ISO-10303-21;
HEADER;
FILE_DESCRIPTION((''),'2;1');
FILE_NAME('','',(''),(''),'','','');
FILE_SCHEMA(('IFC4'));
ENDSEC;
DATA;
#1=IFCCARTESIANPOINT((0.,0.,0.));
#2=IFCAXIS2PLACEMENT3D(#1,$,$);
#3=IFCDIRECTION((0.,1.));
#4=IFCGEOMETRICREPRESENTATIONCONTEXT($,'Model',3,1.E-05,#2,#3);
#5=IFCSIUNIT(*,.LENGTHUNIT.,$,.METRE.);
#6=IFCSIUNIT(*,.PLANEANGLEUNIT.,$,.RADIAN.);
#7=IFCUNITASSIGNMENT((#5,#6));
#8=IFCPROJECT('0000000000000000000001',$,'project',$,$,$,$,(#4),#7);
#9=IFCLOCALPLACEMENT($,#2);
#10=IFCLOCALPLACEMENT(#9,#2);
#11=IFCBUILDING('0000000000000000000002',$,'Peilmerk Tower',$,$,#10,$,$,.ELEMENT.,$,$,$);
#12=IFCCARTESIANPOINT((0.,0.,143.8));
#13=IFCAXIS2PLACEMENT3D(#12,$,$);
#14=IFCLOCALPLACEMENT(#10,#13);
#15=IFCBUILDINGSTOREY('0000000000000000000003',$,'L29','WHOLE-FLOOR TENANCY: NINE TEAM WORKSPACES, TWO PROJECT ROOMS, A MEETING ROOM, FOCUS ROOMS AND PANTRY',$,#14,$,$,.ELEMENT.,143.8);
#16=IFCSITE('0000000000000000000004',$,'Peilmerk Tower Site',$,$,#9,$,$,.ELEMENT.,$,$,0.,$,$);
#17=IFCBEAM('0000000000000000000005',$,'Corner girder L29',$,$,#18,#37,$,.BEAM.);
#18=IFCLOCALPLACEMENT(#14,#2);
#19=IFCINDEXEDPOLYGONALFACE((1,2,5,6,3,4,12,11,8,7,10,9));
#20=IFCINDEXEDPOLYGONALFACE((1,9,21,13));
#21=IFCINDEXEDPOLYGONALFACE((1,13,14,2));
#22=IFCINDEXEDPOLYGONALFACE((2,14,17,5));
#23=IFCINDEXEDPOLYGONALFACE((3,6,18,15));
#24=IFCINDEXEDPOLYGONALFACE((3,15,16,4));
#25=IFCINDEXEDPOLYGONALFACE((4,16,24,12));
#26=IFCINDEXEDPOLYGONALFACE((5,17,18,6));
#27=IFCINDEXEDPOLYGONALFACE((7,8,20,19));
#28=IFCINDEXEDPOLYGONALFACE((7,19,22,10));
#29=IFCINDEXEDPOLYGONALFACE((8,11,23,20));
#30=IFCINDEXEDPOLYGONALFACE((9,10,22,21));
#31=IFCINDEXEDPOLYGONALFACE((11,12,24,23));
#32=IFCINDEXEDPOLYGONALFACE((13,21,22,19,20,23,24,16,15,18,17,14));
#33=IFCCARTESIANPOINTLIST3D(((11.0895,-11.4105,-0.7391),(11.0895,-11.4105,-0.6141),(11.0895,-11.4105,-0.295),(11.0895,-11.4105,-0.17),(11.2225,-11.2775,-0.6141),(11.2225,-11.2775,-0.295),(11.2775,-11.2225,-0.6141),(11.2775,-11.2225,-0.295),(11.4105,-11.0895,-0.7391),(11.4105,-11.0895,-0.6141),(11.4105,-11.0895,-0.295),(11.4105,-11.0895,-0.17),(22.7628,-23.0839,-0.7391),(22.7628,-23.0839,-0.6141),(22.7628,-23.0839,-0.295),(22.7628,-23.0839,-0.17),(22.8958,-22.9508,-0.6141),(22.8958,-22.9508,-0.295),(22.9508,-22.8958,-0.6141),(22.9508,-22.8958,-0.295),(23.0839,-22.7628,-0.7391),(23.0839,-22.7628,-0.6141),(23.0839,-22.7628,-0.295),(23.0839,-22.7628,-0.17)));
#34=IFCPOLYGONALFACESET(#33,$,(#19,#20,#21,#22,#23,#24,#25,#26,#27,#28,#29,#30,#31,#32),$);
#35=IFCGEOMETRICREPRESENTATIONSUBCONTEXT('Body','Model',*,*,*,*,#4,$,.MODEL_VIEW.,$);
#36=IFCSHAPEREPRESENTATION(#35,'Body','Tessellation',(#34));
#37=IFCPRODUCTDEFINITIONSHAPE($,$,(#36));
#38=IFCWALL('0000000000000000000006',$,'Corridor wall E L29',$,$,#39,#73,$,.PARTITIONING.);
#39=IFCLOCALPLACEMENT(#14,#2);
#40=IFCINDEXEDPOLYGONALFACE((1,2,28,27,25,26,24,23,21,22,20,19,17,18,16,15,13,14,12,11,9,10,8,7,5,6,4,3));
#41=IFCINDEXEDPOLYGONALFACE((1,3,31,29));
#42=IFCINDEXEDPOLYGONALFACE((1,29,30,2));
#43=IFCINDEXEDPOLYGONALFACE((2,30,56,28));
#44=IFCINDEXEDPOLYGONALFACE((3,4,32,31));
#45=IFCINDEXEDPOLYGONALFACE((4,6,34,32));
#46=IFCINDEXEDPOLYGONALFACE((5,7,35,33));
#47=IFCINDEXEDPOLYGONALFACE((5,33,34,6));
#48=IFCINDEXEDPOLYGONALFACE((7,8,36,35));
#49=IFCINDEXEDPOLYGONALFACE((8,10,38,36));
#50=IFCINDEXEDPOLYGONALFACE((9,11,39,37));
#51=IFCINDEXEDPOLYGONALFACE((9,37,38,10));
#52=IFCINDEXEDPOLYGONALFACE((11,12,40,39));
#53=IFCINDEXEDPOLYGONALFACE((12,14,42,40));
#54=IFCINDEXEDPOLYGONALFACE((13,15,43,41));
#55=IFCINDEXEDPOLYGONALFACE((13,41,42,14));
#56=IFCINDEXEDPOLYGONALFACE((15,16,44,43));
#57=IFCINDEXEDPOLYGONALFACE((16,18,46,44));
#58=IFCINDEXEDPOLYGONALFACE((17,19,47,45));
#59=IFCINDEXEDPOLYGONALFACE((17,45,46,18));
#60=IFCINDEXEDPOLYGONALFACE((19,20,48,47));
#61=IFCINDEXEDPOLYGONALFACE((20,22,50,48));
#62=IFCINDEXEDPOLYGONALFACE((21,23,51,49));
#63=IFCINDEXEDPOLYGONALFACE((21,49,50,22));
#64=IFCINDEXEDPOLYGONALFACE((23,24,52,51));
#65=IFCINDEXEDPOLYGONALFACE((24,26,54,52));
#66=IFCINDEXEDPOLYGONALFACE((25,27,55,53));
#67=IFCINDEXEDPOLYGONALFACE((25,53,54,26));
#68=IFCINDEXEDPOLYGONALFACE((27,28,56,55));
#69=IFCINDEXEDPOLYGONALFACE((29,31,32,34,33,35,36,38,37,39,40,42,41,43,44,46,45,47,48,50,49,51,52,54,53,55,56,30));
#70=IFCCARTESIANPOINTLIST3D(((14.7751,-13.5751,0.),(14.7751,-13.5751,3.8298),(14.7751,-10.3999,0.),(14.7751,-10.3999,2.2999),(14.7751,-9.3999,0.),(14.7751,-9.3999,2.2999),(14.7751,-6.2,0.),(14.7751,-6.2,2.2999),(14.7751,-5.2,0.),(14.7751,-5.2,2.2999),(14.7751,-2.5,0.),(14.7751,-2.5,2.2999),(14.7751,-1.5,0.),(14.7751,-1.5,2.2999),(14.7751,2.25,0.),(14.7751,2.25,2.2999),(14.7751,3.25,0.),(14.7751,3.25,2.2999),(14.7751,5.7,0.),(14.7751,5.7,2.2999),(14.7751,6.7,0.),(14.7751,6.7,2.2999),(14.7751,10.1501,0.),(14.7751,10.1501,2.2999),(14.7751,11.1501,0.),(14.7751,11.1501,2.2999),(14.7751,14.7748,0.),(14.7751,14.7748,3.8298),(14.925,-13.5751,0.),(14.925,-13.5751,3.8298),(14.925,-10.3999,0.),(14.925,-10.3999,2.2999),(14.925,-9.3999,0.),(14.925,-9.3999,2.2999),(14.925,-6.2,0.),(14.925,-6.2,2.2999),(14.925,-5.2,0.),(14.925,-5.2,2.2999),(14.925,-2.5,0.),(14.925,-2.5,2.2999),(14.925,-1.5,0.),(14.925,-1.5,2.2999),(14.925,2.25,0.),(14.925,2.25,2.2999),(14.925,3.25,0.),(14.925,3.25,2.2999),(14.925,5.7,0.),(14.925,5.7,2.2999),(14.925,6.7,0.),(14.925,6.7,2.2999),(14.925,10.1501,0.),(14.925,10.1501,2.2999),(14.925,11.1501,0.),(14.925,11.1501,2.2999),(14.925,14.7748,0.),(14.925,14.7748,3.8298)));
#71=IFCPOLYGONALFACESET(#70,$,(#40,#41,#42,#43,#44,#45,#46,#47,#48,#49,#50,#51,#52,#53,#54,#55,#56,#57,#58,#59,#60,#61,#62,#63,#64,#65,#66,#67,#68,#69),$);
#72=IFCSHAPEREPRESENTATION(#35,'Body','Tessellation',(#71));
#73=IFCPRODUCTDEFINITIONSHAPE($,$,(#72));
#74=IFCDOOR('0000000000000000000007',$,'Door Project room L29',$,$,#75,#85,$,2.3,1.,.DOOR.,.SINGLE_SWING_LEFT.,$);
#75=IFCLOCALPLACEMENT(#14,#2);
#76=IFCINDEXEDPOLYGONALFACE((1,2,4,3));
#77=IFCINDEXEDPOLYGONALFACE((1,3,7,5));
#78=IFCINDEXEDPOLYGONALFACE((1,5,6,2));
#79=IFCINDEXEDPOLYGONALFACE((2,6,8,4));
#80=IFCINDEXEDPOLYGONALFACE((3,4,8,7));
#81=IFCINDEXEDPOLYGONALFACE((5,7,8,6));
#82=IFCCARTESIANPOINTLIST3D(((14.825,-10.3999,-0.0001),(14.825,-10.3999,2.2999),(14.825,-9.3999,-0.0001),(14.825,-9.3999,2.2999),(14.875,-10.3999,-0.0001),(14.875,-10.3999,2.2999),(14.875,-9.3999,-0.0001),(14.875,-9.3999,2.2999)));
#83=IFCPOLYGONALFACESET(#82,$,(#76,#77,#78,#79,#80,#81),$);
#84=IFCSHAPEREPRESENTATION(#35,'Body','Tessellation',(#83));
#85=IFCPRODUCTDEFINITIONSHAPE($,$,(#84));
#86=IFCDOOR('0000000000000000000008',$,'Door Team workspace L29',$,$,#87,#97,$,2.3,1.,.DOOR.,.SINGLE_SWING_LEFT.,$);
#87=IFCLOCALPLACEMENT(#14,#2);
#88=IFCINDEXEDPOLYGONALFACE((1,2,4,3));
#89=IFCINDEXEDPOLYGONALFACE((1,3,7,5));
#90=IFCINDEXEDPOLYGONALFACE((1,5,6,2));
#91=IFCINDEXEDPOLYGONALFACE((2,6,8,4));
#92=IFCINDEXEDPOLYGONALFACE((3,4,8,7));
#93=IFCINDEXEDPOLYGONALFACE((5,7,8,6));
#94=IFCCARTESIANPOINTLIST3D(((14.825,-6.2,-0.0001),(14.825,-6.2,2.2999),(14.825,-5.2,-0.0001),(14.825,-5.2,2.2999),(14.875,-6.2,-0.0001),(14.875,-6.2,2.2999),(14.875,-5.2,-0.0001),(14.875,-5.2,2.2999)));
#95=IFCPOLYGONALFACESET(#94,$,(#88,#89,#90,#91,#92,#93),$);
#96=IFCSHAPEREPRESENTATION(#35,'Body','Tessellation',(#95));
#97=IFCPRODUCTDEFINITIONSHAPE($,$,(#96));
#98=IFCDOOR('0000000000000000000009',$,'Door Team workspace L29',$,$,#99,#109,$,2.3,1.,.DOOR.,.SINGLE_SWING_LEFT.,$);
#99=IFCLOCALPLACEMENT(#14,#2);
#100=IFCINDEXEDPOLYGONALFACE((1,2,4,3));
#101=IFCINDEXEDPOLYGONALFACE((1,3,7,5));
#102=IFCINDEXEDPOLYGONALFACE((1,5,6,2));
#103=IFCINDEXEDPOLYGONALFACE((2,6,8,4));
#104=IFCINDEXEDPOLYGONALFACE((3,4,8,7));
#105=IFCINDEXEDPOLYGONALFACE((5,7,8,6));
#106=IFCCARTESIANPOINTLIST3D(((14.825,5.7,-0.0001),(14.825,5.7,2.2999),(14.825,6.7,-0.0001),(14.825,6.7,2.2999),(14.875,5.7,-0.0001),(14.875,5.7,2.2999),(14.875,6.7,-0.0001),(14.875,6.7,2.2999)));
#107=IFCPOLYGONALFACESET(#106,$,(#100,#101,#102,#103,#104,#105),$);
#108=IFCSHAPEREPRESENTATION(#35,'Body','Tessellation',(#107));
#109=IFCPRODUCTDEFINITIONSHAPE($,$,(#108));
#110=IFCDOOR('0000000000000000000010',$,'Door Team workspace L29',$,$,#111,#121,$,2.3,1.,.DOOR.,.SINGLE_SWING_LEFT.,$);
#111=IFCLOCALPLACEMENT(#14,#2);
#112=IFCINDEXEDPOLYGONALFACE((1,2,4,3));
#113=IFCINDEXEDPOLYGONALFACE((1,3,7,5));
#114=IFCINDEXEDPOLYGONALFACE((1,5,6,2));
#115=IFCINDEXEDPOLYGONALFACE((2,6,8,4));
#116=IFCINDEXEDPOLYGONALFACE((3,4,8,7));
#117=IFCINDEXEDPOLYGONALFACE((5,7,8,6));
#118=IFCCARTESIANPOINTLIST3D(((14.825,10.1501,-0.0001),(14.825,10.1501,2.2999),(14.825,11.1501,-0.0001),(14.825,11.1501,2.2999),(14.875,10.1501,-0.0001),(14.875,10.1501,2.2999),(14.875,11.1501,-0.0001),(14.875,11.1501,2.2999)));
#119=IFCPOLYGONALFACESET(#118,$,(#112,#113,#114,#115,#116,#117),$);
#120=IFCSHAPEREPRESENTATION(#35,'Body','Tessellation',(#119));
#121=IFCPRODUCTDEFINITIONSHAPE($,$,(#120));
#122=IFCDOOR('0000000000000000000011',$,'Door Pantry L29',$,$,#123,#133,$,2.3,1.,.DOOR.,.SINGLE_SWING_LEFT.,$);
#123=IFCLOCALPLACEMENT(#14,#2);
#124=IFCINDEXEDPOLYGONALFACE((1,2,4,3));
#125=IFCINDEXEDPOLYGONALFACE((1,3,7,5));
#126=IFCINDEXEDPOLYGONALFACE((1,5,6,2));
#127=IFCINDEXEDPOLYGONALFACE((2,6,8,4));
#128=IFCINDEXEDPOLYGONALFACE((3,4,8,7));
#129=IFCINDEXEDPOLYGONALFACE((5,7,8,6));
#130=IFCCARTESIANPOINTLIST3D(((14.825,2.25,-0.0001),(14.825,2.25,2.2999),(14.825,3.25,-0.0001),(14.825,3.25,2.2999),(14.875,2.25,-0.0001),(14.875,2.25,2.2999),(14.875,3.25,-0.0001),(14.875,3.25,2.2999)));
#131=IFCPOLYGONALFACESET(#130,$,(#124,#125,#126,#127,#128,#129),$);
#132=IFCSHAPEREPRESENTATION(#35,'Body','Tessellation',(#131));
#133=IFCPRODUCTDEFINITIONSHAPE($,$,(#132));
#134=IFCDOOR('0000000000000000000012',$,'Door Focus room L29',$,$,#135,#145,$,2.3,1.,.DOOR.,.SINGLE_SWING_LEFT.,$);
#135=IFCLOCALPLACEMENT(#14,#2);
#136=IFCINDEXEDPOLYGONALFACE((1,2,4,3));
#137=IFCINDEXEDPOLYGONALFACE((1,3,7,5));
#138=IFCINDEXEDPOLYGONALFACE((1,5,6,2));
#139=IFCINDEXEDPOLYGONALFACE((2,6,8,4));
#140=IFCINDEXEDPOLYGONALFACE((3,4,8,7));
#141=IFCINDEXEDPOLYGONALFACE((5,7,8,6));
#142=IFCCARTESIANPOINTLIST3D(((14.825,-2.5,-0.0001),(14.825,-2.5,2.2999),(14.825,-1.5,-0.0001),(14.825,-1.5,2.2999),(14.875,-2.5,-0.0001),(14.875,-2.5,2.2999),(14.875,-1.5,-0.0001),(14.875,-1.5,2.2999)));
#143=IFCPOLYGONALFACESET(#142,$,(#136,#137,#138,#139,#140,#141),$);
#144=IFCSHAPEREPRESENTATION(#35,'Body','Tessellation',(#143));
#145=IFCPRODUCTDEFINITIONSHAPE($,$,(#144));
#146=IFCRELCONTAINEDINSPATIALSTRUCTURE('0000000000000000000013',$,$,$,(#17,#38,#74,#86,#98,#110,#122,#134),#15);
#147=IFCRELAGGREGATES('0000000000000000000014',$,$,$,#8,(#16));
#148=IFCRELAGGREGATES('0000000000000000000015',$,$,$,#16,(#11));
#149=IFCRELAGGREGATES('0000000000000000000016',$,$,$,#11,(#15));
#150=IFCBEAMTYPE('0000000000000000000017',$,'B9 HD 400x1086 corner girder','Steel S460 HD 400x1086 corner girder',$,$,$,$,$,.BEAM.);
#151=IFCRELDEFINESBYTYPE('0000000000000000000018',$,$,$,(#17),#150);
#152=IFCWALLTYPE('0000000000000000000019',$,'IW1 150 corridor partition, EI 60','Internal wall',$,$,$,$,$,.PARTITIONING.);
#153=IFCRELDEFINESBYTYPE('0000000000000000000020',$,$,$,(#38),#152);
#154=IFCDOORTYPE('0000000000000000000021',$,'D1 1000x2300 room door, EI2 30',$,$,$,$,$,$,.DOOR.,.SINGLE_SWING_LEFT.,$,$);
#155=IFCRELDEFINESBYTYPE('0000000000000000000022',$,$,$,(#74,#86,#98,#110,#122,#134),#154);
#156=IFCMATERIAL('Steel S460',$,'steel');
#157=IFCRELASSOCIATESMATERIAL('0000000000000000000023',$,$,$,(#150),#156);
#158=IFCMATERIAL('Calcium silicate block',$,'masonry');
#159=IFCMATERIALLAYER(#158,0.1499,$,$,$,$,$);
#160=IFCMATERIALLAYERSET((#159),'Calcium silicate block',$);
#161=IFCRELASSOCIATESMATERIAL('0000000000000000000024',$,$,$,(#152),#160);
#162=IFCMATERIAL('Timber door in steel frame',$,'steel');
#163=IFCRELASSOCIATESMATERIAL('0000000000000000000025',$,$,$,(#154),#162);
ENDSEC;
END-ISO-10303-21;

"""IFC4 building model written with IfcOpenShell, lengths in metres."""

from ifc_helpers import new_model, si_unit, direction, frame, frame_2d, origin, origin_2d, place, context, subcontext, project, spatial, rectangle, i_section, extrude, material, layer, layer_set, material_profile, profile_set, type_object, element, fill, save


model = new_model("IFC4")

# Units and contexts
model_context = context("Model", 3, precision=1e-05, world=origin(), true_north=direction((0.0, 1.0)))
body_context = subcontext(model_context, "Body", "Model", "MODEL_VIEW")
ifc_project = project(units=[si_unit("LENGTHUNIT", "METRE"), si_unit("PLANEANGLEUNIT", "RADIAN")], contexts=[model_context])

# Site, building, storey
site_placement = place(None, origin())
site = spatial("IfcSite", under=ifc_project, at=site_placement, Name="Peilmerk Tower Site", CompositionType="ELEMENT", RefElevation=0.0)
building_placement = place(site_placement, origin())
building = spatial("IfcBuilding", under=site, at=building_placement, Name="Peilmerk Tower", CompositionType="ELEMENT")
storey_placement = place(building_placement, frame((0.0, 0.0, 143.8)))
storey = spatial("IfcBuildingStorey", under=building, at=storey_placement, Name="L29", Description="WHOLE-FLOOR TENANCY: NINE TEAM WORKSPACES, TWO PROJECT ROOMS, A MEETING ROOM, FOCUS ROOMS AND PANTRY", CompositionType="ELEMENT", Elevation=143.8)

# Shared definitions
ifc_material_1 = material(Name="Steel S460", Category="steel")

# Beam
ifc_material_profile_1 = material_profile(ifc_material_1, i_section(OverallWidth=0.4541, OverallDepth=0.5691, WebThickness=0.0779, FlangeThickness=0.125, at=origin_2d()), Name="HD 400x1086")
ifc_profile_set_1 = profile_set([ifc_material_profile_1], Name="Steel S460")
beam_type_1 = type_object("IfcBeamType", Name="B9 HD 400x1086 corner girder", Description="Steel S460 HD 400x1086 corner girder", PredefinedType="BEAM", material=ifc_profile_set_1)
beam_1_placement = place(storey_placement, frame((11.25, -11.25, -0.4546), z_axis=(0.707107, -0.707107, 0.0), x_axis=(0.707107, 0.707107, 0.0)))
element("IfcBeam", 1, at=beam_1_placement, inside=storey, type_object=beam_type_1, Name="Corner girder L29", PredefinedType="BEAM", context=body_context, shape_type="SweptSolid", body=[
    extrude(i_section(OverallWidth=0.4541, OverallDepth=0.5691, WebThickness=0.0779, FlangeThickness=0.125, at=origin_2d()), origin(), (0.0, 0.0, 1.0), 16.5085),
])

# Wall, openings, doors
ifc_material_2 = material(Name="Calcium silicate block", Category="masonry")
ifc_layer_1 = layer(ifc_material_2, 0.1499)
ifc_layer_set_1 = layer_set([ifc_layer_1], Name="Calcium silicate block")
wall_type_1 = type_object("IfcWallType", Name="IW1 150 corridor partition, EI 60", Description="Internal wall", PredefinedType="PARTITIONING", material=ifc_layer_set_1)
wall_1_placement = place(storey_placement, frame((14.8501, -13.575, 0.0), z_axis=(0.0, 0.0, 1.0), x_axis=(0.0, 1.0, 0.0)))
wall_1 = element("IfcWall", 2, at=wall_1_placement, inside=storey, type_object=wall_type_1, Name="Corridor wall E L29", PredefinedType="PARTITIONING", context=body_context, shape_type="SweptSolid", body=[
    extrude(rectangle(XDim=28.3499, YDim=0.1499, at=frame_2d((14.1748, 0.0))), origin(), (0.0, 0.0, 1.0), 3.8298),
])
opening_1_placement = place(wall_1_placement, frame((3.175, 0.0, 0.0)))
opening_1 = element("IfcOpeningElement", 3, at=opening_1_placement, cuts=wall_1, PredefinedType="OPENING", context=body_context, shape_type="SweptSolid", body=[
    extrude(rectangle(XDim=1.0, YDim=2.3, at=frame_2d((0.5, 1.1499))), frame((0.0, 0.085, 0.0), z_axis=(0.0, -1.0, 0.0), x_axis=(1.0, 0.0, 0.0)), (0.0, 0.0, 1.0), 0.1699),
])
opening_2_placement = place(wall_1_placement, frame((7.375, 0.0, 0.0)))
opening_2 = element("IfcOpeningElement", 4, at=opening_2_placement, cuts=wall_1, PredefinedType="OPENING", context=body_context, shape_type="SweptSolid", body=[
    extrude(rectangle(XDim=1.0, YDim=2.3, at=frame_2d((0.5, 1.1499))), frame((0.0, 0.085, 0.0), z_axis=(0.0, -1.0, 0.0), x_axis=(1.0, 0.0, 0.0)), (0.0, 0.0, 1.0), 0.1699),
])
opening_3_placement = place(wall_1_placement, frame((19.2749, 0.0, 0.0)))
opening_3 = element("IfcOpeningElement", 5, at=opening_3_placement, cuts=wall_1, PredefinedType="OPENING", context=body_context, shape_type="SweptSolid", body=[
    extrude(rectangle(XDim=1.0, YDim=2.3, at=frame_2d((0.5, 1.1499))), frame((0.0, 0.085, 0.0), z_axis=(0.0, -1.0, 0.0), x_axis=(1.0, 0.0, 0.0)), (0.0, 0.0, 1.0), 0.1699),
])
opening_4_placement = place(wall_1_placement, frame((23.7251, 0.0, 0.0)))
opening_4 = element("IfcOpeningElement", 6, at=opening_4_placement, cuts=wall_1, PredefinedType="OPENING", context=body_context, shape_type="SweptSolid", body=[
    extrude(rectangle(XDim=1.0, YDim=2.3, at=frame_2d((0.5, 1.1499))), frame((0.0, 0.085, 0.0), z_axis=(0.0, -1.0, 0.0), x_axis=(1.0, 0.0, 0.0)), (0.0, 0.0, 1.0), 0.1699),
])
opening_5_placement = place(wall_1_placement, frame((15.825, 0.0, 0.0)))
opening_5 = element("IfcOpeningElement", 7, at=opening_5_placement, cuts=wall_1, PredefinedType="OPENING", context=body_context, shape_type="SweptSolid", body=[
    extrude(rectangle(XDim=1.0, YDim=2.3, at=frame_2d((0.5, 1.1499))), frame((0.0, 0.085, 0.0), z_axis=(0.0, -1.0, 0.0), x_axis=(1.0, 0.0, 0.0)), (0.0, 0.0, 1.0), 0.1699),
])
opening_6_placement = place(wall_1_placement, frame((11.075, 0.0, 0.0)))
opening_6 = element("IfcOpeningElement", 8, at=opening_6_placement, cuts=wall_1, PredefinedType="OPENING", context=body_context, shape_type="SweptSolid", body=[
    extrude(rectangle(XDim=1.0, YDim=2.3, at=frame_2d((0.5, 1.1499))), frame((0.0, 0.085, 0.0), z_axis=(0.0, -1.0, 0.0), x_axis=(1.0, 0.0, 0.0)), (0.0, 0.0, 1.0), 0.1699),
])
ifc_material_3 = material(Name="Timber door in steel frame", Category="steel")
door_type_1 = type_object("IfcDoorType", Name="D1 1000x2300 room door, EI2 30", OperationType="SINGLE_SWING_LEFT", PredefinedType="DOOR", material=ifc_material_3)
door_1_placement = place(opening_1_placement, frame((1.0, 0.0, 0.0), z_axis=(0.0, 0.0, 1.0), x_axis=(-1.0, 0.0, 0.0)))
door_1 = element("IfcDoor", 9, at=door_1_placement, inside=storey, type_object=door_type_1, Name="Door Project room L29", OperationType="SINGLE_SWING_LEFT", OverallHeight=2.3, OverallWidth=1.0, PredefinedType="DOOR", context=body_context, shape_type="SweptSolid", body=[
    extrude(rectangle(XDim=1.0, YDim=2.3, at=frame_2d((0.5, 1.1499))), frame((0.0, 0.0249, 0.0), z_axis=(0.0, -1.0, 0.0), x_axis=(1.0, 0.0, 0.0)), (0.0, 0.0, 1.0), 0.05),
])
fill(opening_1, door_1)
door_2_placement = place(opening_2_placement, frame((1.0, 0.0, 0.0), z_axis=(0.0, 0.0, 1.0), x_axis=(-1.0, 0.0, 0.0)))
door_2 = element("IfcDoor", 10, at=door_2_placement, inside=storey, type_object=door_type_1, Name="Door Team workspace L29", OperationType="SINGLE_SWING_LEFT", OverallHeight=2.3, OverallWidth=1.0, PredefinedType="DOOR", context=body_context, shape_type="SweptSolid", body=[
    extrude(rectangle(XDim=1.0, YDim=2.3, at=frame_2d((0.5, 1.1499))), frame((0.0, 0.0249, 0.0), z_axis=(0.0, -1.0, 0.0), x_axis=(1.0, 0.0, 0.0)), (0.0, 0.0, 1.0), 0.05),
])
fill(opening_2, door_2)
door_3_placement = place(opening_3_placement, frame((1.0, 0.0, 0.0), z_axis=(0.0, 0.0, 1.0), x_axis=(-1.0, 0.0, 0.0)))
door_3 = element("IfcDoor", 11, at=door_3_placement, inside=storey, type_object=door_type_1, Name="Door Team workspace L29", OperationType="SINGLE_SWING_LEFT", OverallHeight=2.3, OverallWidth=1.0, PredefinedType="DOOR", context=body_context, shape_type="SweptSolid", body=[
    extrude(rectangle(XDim=1.0, YDim=2.3, at=frame_2d((0.5, 1.1499))), frame((0.0, 0.0249, 0.0), z_axis=(0.0, -1.0, 0.0), x_axis=(1.0, 0.0, 0.0)), (0.0, 0.0, 1.0), 0.05),
])
fill(opening_3, door_3)
door_4_placement = place(opening_4_placement, frame((1.0, 0.0, 0.0), z_axis=(0.0, 0.0, 1.0), x_axis=(-1.0, 0.0, 0.0)))
door_4 = element("IfcDoor", 12, at=door_4_placement, inside=storey, type_object=door_type_1, Name="Door Team workspace L29", OperationType="SINGLE_SWING_LEFT", OverallHeight=2.3, OverallWidth=1.0, PredefinedType="DOOR", context=body_context, shape_type="SweptSolid", body=[
    extrude(rectangle(XDim=1.0, YDim=2.3, at=frame_2d((0.5, 1.1499))), frame((0.0, 0.0249, 0.0), z_axis=(0.0, -1.0, 0.0), x_axis=(1.0, 0.0, 0.0)), (0.0, 0.0, 1.0), 0.05),
])
fill(opening_4, door_4)
door_5_placement = place(opening_5_placement, frame((1.0, 0.0, 0.0), z_axis=(0.0, 0.0, 1.0), x_axis=(-1.0, 0.0, 0.0)))
door_5 = element("IfcDoor", 13, at=door_5_placement, inside=storey, type_object=door_type_1, Name="Door Pantry L29", OperationType="SINGLE_SWING_LEFT", OverallHeight=2.3, OverallWidth=1.0, PredefinedType="DOOR", context=body_context, shape_type="SweptSolid", body=[
    extrude(rectangle(XDim=1.0, YDim=2.3, at=frame_2d((0.5, 1.1499))), frame((0.0, 0.0249, 0.0), z_axis=(0.0, -1.0, 0.0), x_axis=(1.0, 0.0, 0.0)), (0.0, 0.0, 1.0), 0.05),
])
fill(opening_5, door_5)
door_6_placement = place(opening_6_placement, frame((1.0, 0.0, 0.0), z_axis=(0.0, 0.0, 1.0), x_axis=(-1.0, 0.0, 0.0)))
door_6 = element("IfcDoor", 14, at=door_6_placement, inside=storey, type_object=door_type_1, Name="Door Focus room L29", OperationType="SINGLE_SWING_LEFT", OverallHeight=2.3, OverallWidth=1.0, PredefinedType="DOOR", context=body_context, shape_type="SweptSolid", body=[
    extrude(rectangle(XDim=1.0, YDim=2.3, at=frame_2d((0.5, 1.1499))), frame((0.0, 0.0249, 0.0), z_axis=(0.0, -1.0, 0.0), x_axis=(1.0, 0.0, 0.0)), (0.0, 0.0, 1.0), 0.05),
])
fill(opening_6, door_6)

save(model, "model.ifc")
